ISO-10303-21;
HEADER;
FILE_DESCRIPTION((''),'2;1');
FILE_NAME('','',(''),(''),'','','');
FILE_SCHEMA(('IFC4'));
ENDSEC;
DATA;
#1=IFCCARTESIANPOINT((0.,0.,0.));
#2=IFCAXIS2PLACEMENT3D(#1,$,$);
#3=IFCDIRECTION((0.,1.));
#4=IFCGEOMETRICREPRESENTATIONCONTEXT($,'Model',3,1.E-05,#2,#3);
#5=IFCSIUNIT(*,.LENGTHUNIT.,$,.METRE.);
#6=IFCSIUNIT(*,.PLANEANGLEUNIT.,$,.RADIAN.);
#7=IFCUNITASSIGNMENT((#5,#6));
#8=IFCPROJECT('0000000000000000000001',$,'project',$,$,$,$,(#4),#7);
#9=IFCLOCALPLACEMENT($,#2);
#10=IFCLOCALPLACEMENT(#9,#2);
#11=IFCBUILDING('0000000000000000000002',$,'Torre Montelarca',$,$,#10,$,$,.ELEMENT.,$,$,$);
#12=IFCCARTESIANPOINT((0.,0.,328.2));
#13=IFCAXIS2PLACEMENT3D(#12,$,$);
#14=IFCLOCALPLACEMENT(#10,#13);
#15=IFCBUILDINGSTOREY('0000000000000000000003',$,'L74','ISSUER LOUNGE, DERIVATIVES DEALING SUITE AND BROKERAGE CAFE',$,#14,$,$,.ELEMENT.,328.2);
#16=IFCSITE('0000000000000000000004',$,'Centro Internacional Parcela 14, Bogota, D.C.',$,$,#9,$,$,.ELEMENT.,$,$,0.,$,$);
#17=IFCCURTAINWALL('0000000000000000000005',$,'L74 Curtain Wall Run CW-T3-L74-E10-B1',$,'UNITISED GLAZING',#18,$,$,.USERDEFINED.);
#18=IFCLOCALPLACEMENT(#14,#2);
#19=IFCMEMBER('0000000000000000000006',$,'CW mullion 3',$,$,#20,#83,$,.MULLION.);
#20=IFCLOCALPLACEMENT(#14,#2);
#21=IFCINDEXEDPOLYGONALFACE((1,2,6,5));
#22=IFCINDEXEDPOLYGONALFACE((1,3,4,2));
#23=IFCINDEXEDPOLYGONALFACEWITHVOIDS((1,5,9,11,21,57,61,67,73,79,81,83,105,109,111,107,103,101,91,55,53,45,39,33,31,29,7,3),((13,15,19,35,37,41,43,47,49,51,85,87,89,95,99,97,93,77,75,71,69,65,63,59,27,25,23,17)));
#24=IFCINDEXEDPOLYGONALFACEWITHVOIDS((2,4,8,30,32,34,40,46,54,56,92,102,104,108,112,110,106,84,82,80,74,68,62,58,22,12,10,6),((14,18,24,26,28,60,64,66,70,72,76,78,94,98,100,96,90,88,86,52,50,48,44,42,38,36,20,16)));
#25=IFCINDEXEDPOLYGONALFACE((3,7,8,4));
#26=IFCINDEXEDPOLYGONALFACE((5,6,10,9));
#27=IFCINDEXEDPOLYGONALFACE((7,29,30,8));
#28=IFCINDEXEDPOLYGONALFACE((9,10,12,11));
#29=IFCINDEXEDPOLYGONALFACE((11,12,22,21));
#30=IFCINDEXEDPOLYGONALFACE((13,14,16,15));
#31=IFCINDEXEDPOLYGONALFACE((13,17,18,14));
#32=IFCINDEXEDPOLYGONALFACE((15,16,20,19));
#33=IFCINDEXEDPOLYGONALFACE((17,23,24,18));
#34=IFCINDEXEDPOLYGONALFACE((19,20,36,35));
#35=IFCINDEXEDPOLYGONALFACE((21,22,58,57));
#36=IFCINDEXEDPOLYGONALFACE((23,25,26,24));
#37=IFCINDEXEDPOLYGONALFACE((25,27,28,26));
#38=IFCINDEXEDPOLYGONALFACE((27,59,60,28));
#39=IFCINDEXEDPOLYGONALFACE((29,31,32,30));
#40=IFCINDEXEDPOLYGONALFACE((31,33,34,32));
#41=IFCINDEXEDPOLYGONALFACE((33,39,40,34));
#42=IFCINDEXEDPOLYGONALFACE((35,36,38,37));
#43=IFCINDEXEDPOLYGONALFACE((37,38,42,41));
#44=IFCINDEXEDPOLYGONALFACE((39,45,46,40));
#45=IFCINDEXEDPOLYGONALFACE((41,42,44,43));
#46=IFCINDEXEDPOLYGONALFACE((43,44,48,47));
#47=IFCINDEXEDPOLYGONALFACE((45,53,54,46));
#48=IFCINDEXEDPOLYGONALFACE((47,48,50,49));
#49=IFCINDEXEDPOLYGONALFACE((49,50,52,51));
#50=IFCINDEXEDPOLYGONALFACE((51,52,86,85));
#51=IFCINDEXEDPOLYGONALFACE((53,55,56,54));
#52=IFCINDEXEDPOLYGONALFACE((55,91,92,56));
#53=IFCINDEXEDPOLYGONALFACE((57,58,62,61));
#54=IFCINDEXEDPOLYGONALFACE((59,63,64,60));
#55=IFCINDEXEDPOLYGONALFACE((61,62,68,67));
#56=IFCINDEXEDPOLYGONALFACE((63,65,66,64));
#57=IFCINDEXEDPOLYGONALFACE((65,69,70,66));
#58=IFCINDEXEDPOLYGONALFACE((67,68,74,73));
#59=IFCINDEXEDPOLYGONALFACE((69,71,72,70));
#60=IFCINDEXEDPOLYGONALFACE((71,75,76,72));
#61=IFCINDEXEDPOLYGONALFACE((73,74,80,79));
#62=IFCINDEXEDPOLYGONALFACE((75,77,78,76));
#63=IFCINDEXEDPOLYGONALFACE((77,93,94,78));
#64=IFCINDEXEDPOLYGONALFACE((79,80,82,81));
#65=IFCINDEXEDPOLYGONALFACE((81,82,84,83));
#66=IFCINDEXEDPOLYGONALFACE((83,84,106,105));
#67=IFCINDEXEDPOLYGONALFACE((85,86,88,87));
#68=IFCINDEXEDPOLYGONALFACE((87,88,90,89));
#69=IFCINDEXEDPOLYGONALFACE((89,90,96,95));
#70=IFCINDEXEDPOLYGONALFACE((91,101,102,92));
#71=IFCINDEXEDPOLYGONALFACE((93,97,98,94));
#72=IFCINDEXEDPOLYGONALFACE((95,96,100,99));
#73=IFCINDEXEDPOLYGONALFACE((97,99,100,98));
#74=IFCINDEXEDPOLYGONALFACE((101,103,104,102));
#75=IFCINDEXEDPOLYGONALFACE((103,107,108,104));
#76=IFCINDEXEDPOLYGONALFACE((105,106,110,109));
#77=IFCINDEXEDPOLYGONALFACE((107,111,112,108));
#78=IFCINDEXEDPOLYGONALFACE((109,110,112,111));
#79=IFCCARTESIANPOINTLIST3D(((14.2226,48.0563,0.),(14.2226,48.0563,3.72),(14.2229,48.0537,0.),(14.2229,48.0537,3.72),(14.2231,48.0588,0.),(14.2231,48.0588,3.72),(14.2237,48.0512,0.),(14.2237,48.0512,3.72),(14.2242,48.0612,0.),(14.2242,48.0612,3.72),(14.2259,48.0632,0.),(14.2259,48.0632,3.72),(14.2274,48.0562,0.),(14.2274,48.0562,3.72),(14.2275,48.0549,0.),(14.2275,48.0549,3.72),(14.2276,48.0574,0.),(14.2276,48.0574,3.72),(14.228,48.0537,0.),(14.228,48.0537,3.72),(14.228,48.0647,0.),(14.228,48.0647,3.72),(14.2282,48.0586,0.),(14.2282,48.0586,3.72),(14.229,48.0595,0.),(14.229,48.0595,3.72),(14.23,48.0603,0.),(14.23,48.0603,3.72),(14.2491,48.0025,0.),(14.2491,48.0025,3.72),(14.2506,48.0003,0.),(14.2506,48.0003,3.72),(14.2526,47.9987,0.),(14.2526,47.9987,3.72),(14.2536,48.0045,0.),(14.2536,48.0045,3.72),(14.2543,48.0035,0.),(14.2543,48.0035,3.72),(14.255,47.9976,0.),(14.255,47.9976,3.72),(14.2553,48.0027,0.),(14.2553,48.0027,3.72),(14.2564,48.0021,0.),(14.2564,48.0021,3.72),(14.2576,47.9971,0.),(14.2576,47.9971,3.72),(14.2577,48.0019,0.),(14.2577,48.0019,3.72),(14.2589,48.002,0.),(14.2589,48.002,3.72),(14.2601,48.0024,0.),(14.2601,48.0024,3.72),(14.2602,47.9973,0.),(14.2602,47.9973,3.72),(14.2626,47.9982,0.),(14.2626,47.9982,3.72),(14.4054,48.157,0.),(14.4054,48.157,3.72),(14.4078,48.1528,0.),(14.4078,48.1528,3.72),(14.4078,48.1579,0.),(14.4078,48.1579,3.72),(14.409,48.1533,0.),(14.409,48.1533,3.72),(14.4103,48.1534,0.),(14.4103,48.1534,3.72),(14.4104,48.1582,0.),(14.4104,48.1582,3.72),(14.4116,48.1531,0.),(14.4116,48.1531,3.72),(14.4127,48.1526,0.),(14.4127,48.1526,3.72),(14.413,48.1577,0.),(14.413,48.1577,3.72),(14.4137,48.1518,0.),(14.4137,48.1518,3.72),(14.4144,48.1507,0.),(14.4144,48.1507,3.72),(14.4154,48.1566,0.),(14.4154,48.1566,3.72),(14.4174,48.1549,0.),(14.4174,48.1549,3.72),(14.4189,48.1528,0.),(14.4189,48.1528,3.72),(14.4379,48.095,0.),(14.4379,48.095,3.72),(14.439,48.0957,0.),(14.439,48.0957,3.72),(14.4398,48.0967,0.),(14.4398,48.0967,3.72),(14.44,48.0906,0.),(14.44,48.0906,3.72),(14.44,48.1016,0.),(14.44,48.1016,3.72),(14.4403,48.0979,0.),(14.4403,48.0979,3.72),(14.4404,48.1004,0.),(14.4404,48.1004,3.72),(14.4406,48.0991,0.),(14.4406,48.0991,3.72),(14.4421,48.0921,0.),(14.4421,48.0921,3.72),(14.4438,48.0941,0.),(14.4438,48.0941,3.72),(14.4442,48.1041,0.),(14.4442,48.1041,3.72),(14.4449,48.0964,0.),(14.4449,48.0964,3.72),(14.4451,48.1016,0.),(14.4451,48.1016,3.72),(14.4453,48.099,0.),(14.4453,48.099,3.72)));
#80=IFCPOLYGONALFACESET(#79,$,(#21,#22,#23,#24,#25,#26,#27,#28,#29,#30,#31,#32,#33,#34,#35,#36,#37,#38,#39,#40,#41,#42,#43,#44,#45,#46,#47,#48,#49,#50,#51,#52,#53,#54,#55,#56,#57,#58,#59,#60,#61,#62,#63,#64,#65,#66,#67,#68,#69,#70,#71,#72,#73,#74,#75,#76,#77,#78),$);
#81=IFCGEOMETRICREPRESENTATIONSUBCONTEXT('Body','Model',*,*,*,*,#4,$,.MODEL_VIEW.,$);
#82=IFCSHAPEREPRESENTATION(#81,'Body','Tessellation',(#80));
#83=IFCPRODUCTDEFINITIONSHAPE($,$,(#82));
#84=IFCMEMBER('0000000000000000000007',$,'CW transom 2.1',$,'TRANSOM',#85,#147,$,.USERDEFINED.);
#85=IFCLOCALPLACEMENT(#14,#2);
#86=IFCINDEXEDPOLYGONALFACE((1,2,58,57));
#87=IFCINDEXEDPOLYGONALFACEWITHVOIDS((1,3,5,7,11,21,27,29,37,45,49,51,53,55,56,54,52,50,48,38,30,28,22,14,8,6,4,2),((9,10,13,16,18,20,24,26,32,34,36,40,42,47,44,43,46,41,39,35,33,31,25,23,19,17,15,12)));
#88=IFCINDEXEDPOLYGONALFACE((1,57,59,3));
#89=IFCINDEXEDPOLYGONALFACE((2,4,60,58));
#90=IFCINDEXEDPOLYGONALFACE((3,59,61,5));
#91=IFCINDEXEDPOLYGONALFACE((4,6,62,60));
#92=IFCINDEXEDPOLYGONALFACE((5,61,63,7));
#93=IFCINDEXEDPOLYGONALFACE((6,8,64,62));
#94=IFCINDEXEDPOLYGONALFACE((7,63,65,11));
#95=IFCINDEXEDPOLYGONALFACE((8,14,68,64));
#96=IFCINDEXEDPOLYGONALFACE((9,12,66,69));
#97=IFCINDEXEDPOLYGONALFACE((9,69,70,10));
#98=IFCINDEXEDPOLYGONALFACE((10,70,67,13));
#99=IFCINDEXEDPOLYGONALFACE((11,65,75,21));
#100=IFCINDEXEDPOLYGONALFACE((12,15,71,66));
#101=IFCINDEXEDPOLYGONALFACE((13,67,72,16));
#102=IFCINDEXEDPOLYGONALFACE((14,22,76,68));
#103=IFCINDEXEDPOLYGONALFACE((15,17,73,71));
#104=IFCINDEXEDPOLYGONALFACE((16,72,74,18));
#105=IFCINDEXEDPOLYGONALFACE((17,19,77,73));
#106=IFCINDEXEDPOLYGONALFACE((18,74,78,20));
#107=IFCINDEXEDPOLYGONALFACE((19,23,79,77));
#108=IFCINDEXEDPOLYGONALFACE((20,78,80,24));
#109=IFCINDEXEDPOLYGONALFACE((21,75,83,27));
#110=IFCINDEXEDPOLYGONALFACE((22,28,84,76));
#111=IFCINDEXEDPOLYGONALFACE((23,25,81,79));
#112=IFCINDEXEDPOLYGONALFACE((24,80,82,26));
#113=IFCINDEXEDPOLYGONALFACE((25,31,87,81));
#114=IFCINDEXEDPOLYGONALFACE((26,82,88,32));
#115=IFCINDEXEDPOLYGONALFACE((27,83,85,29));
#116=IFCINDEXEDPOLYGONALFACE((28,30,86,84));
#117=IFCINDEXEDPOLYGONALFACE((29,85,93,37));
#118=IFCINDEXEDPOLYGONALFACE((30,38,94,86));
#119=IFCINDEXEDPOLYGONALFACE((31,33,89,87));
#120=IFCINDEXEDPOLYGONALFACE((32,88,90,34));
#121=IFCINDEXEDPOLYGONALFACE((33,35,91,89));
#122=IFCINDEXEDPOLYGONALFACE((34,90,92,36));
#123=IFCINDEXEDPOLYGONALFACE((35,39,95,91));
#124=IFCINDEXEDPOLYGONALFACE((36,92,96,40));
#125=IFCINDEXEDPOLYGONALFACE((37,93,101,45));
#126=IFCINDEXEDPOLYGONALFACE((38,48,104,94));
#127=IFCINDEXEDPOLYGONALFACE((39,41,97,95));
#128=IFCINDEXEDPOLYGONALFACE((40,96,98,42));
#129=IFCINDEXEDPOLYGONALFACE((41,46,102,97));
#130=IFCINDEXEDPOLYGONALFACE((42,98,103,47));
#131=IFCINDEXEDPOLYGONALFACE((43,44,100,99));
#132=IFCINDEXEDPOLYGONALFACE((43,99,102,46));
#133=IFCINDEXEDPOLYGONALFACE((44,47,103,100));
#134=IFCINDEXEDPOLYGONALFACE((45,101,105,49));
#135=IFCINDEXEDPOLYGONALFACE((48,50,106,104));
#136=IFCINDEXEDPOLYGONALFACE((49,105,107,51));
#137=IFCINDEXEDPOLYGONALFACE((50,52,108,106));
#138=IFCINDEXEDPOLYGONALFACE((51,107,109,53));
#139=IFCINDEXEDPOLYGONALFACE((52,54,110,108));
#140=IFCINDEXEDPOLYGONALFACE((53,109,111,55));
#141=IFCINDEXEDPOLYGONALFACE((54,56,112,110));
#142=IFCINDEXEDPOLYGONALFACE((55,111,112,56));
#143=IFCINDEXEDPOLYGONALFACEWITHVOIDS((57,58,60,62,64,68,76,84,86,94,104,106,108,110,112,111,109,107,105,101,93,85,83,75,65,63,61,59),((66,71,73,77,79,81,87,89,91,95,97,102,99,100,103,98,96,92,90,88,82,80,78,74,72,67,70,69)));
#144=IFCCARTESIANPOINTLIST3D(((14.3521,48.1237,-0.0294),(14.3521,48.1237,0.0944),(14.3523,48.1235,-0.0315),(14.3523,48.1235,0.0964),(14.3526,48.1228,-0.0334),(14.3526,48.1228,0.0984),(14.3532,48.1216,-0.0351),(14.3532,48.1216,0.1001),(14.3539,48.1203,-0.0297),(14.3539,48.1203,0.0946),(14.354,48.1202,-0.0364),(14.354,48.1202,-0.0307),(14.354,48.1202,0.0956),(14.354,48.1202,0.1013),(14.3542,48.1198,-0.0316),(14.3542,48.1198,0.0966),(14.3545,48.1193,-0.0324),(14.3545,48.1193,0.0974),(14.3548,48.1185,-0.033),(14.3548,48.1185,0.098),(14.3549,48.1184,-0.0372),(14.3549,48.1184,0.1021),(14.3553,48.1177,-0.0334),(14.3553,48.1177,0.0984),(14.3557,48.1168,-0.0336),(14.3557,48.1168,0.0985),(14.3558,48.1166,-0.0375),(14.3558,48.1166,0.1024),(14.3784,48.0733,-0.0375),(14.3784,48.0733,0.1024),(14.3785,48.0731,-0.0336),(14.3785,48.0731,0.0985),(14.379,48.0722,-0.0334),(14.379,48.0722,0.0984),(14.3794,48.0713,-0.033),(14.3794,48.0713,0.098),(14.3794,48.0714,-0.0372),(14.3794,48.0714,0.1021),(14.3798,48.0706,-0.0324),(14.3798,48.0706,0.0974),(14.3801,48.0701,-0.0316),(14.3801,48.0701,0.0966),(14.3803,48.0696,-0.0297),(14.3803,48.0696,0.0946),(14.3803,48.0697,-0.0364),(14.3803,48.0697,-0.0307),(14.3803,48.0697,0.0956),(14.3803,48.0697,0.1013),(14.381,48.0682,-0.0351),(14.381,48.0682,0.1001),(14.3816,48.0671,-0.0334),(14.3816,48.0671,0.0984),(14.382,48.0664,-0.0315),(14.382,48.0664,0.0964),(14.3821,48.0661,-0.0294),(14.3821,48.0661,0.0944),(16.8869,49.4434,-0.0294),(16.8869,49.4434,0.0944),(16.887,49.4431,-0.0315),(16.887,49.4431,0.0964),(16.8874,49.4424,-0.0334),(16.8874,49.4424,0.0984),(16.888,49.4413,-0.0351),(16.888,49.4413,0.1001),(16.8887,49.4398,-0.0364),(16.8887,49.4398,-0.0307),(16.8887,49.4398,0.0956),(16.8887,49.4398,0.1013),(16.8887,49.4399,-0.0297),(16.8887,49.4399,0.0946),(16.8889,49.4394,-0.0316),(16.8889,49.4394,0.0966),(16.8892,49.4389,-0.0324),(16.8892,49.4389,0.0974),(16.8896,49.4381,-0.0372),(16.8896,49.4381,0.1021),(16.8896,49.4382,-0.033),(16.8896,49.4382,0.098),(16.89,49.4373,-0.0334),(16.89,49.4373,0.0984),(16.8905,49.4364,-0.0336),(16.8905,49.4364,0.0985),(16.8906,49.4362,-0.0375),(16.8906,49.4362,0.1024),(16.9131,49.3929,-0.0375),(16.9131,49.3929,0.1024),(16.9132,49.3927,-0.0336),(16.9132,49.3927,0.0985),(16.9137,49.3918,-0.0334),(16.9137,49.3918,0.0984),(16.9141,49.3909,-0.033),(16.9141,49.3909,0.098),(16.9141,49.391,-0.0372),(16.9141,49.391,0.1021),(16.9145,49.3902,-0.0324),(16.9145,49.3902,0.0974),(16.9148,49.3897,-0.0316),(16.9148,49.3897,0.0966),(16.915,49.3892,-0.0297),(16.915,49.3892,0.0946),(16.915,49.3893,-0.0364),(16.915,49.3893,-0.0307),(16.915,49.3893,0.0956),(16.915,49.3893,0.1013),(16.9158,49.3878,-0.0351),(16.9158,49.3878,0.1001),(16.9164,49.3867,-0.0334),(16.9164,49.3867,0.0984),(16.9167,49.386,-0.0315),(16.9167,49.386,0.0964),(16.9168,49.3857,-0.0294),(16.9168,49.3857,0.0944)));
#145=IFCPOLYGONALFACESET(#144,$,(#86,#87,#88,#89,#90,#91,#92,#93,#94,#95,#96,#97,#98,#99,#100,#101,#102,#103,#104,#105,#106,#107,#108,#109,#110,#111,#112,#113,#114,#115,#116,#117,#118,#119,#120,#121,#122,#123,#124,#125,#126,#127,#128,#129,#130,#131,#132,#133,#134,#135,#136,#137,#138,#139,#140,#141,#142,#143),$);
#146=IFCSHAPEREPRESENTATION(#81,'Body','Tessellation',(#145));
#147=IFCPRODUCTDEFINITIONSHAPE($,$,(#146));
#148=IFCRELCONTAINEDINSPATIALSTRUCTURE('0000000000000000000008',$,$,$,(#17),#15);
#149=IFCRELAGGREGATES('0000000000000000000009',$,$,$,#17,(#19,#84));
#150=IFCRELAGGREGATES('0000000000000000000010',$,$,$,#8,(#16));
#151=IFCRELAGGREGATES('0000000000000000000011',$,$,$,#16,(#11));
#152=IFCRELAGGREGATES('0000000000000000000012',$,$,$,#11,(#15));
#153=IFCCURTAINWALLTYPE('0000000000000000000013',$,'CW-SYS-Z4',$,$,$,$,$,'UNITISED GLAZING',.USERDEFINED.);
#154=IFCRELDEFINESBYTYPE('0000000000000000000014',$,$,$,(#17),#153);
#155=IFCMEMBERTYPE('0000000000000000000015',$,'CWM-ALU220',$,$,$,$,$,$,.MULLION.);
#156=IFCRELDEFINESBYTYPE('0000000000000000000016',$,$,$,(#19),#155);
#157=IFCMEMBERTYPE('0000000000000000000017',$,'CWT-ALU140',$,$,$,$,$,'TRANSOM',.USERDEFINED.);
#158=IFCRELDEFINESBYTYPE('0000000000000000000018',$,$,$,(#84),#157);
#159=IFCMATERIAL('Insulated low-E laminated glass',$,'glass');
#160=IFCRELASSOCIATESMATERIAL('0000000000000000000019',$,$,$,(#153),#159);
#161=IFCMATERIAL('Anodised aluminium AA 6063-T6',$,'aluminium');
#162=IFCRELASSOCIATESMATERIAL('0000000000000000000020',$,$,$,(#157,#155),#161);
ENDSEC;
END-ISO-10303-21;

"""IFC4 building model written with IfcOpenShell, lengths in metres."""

from ifc_helpers import new_model, si_unit, direction, frame, origin, origin_2d, place, context, subcontext, project, spatial, hollow_rectangle, extrude, source, transform, mapped, material, material_profile, profile_set, type_object, element, aggregate, save


model = new_model("IFC4")

# Units and contexts
model_context = context("Model", 3, precision=1e-05, world=origin(), true_north=direction((0.0, 1.0)))
body_context = subcontext(model_context, "Body", "Model", "MODEL_VIEW")
ifc_project = project(units=[si_unit("LENGTHUNIT", "METRE"), si_unit("PLANEANGLEUNIT", "RADIAN")], contexts=[model_context])

# Site, building, storey
site_placement = place(None, origin())
site = spatial("IfcSite", under=ifc_project, at=site_placement, Name="Centro Internacional Parcela 14, Bogota, D.C.", CompositionType="ELEMENT", RefElevation=0.0)
building_placement = place(site_placement, origin())
building = spatial("IfcBuilding", under=site, at=building_placement, Name="Torre Montelarca", CompositionType="ELEMENT")
storey_placement = place(building_placement, frame((0.0, 0.0, 328.2)))
storey = spatial("IfcBuildingStorey", under=building, at=storey_placement, Name="L74", Description="ISSUER LOUNGE, DERIVATIVES DEALING SUITE AND BROKERAGE CAFE", CompositionType="ELEMENT", Elevation=328.2)

# Curtain wall, members
ifc_material_1 = material(Name="Insulated low-E laminated glass", Category="glass")
curtain_wall_type = type_object("IfcCurtainWallType", Name="CW-SYS-Z4", ElementType="UNITISED GLAZING", PredefinedType="USERDEFINED", material=ifc_material_1)
curtain_wall_placement = place(storey_placement, origin())
curtain_wall = element("IfcCurtainWall", 1, at=curtain_wall_placement, inside=storey, type_object=curtain_wall_type, Name="L74 Curtain Wall Run CW-T3-L74-E10-B1", ObjectType="UNITISED GLAZING", PredefinedType="USERDEFINED")
ifc_material_2 = material(Name="Anodised aluminium AA 6063-T6", Category="aluminium")
ifc_material_profile_1 = material_profile(ifc_material_2, hollow_rectangle(XDim=0.0649, YDim=0.1399, WallThickness=0.0039, InnerFilletRadius=0.0039, OuterFilletRadius=0.0081, at=origin_2d()), Name="ALU65X140X4", Category="aluminium")
ifc_profile_set_1 = profile_set([ifc_material_profile_1], Name="Anodised aluminium AA 6063-T6")
member_type_1 = type_object("IfcMemberType", Name="CWT-ALU140", ElementType="TRANSOM", PredefinedType="USERDEFINED", material=ifc_profile_set_1)
ifc_material_profile_2 = material_profile(ifc_material_2, hollow_rectangle(XDim=0.075, YDim=0.22, WallThickness=0.0049, InnerFilletRadius=0.0049, OuterFilletRadius=0.01, at=origin_2d()), Name="ALU75X220X5", Category="aluminium")
ifc_profile_set_2 = profile_set([ifc_material_profile_2], Name="Anodised aluminium AA 6063-T6")
member_type_2 = type_object("IfcMemberType", Name="CWM-ALU220", PredefinedType="MULLION", material=ifc_profile_set_2)
shared_shape_1 = source(origin(), body_context, "Body", "SweptSolid", [
    extrude(hollow_rectangle(XDim=0.075, YDim=0.22, WallThickness=0.0049, InnerFilletRadius=0.0049, OuterFilletRadius=0.01, at=origin_2d()), origin(), (0.0, 0.0, 1.0), 3.72),
])
member_1_placement = place(storey_placement, frame((14.334, 48.0776, 0.0), z_axis=(0.0, 0.0, 1.0), x_axis=(0.461753, -0.887008, 0.0)))
member_1 = element("IfcMember", 2, at=member_1_placement, type_object=member_type_2, Name="CW mullion 3", PredefinedType="MULLION", context=body_context, shape_type="MappedRepresentation", body=[
    mapped(shared_shape_1, transform((0.0, 0.0, 0.0), scale=1.0)),
])
shared_shape_2 = source(origin(), body_context, "Body", "SweptSolid", [
    extrude(hollow_rectangle(XDim=0.0649, YDim=0.1399, WallThickness=0.0039, InnerFilletRadius=0.0039, OuterFilletRadius=0.0081, at=origin_2d()), origin(), (0.0, 0.0, 1.0), 2.8577),
])
member_2_placement = place(storey_placement, frame((16.9019, 49.4146, 0.0325), z_axis=(-0.886994, -0.46178, 0.0), x_axis=(0.46178, -0.886994, 0.0)))
member_2 = element("IfcMember", 3, at=member_2_placement, type_object=member_type_1, Name="CW transom 2.1", ObjectType="TRANSOM", PredefinedType="USERDEFINED", context=body_context, shape_type="MappedRepresentation", body=[
    mapped(shared_shape_2, transform((0.0, 0.0, 0.0), scale=1.0)),
])
aggregate(curtain_wall, [member_1, member_2])

save(model, "model.ifc")
